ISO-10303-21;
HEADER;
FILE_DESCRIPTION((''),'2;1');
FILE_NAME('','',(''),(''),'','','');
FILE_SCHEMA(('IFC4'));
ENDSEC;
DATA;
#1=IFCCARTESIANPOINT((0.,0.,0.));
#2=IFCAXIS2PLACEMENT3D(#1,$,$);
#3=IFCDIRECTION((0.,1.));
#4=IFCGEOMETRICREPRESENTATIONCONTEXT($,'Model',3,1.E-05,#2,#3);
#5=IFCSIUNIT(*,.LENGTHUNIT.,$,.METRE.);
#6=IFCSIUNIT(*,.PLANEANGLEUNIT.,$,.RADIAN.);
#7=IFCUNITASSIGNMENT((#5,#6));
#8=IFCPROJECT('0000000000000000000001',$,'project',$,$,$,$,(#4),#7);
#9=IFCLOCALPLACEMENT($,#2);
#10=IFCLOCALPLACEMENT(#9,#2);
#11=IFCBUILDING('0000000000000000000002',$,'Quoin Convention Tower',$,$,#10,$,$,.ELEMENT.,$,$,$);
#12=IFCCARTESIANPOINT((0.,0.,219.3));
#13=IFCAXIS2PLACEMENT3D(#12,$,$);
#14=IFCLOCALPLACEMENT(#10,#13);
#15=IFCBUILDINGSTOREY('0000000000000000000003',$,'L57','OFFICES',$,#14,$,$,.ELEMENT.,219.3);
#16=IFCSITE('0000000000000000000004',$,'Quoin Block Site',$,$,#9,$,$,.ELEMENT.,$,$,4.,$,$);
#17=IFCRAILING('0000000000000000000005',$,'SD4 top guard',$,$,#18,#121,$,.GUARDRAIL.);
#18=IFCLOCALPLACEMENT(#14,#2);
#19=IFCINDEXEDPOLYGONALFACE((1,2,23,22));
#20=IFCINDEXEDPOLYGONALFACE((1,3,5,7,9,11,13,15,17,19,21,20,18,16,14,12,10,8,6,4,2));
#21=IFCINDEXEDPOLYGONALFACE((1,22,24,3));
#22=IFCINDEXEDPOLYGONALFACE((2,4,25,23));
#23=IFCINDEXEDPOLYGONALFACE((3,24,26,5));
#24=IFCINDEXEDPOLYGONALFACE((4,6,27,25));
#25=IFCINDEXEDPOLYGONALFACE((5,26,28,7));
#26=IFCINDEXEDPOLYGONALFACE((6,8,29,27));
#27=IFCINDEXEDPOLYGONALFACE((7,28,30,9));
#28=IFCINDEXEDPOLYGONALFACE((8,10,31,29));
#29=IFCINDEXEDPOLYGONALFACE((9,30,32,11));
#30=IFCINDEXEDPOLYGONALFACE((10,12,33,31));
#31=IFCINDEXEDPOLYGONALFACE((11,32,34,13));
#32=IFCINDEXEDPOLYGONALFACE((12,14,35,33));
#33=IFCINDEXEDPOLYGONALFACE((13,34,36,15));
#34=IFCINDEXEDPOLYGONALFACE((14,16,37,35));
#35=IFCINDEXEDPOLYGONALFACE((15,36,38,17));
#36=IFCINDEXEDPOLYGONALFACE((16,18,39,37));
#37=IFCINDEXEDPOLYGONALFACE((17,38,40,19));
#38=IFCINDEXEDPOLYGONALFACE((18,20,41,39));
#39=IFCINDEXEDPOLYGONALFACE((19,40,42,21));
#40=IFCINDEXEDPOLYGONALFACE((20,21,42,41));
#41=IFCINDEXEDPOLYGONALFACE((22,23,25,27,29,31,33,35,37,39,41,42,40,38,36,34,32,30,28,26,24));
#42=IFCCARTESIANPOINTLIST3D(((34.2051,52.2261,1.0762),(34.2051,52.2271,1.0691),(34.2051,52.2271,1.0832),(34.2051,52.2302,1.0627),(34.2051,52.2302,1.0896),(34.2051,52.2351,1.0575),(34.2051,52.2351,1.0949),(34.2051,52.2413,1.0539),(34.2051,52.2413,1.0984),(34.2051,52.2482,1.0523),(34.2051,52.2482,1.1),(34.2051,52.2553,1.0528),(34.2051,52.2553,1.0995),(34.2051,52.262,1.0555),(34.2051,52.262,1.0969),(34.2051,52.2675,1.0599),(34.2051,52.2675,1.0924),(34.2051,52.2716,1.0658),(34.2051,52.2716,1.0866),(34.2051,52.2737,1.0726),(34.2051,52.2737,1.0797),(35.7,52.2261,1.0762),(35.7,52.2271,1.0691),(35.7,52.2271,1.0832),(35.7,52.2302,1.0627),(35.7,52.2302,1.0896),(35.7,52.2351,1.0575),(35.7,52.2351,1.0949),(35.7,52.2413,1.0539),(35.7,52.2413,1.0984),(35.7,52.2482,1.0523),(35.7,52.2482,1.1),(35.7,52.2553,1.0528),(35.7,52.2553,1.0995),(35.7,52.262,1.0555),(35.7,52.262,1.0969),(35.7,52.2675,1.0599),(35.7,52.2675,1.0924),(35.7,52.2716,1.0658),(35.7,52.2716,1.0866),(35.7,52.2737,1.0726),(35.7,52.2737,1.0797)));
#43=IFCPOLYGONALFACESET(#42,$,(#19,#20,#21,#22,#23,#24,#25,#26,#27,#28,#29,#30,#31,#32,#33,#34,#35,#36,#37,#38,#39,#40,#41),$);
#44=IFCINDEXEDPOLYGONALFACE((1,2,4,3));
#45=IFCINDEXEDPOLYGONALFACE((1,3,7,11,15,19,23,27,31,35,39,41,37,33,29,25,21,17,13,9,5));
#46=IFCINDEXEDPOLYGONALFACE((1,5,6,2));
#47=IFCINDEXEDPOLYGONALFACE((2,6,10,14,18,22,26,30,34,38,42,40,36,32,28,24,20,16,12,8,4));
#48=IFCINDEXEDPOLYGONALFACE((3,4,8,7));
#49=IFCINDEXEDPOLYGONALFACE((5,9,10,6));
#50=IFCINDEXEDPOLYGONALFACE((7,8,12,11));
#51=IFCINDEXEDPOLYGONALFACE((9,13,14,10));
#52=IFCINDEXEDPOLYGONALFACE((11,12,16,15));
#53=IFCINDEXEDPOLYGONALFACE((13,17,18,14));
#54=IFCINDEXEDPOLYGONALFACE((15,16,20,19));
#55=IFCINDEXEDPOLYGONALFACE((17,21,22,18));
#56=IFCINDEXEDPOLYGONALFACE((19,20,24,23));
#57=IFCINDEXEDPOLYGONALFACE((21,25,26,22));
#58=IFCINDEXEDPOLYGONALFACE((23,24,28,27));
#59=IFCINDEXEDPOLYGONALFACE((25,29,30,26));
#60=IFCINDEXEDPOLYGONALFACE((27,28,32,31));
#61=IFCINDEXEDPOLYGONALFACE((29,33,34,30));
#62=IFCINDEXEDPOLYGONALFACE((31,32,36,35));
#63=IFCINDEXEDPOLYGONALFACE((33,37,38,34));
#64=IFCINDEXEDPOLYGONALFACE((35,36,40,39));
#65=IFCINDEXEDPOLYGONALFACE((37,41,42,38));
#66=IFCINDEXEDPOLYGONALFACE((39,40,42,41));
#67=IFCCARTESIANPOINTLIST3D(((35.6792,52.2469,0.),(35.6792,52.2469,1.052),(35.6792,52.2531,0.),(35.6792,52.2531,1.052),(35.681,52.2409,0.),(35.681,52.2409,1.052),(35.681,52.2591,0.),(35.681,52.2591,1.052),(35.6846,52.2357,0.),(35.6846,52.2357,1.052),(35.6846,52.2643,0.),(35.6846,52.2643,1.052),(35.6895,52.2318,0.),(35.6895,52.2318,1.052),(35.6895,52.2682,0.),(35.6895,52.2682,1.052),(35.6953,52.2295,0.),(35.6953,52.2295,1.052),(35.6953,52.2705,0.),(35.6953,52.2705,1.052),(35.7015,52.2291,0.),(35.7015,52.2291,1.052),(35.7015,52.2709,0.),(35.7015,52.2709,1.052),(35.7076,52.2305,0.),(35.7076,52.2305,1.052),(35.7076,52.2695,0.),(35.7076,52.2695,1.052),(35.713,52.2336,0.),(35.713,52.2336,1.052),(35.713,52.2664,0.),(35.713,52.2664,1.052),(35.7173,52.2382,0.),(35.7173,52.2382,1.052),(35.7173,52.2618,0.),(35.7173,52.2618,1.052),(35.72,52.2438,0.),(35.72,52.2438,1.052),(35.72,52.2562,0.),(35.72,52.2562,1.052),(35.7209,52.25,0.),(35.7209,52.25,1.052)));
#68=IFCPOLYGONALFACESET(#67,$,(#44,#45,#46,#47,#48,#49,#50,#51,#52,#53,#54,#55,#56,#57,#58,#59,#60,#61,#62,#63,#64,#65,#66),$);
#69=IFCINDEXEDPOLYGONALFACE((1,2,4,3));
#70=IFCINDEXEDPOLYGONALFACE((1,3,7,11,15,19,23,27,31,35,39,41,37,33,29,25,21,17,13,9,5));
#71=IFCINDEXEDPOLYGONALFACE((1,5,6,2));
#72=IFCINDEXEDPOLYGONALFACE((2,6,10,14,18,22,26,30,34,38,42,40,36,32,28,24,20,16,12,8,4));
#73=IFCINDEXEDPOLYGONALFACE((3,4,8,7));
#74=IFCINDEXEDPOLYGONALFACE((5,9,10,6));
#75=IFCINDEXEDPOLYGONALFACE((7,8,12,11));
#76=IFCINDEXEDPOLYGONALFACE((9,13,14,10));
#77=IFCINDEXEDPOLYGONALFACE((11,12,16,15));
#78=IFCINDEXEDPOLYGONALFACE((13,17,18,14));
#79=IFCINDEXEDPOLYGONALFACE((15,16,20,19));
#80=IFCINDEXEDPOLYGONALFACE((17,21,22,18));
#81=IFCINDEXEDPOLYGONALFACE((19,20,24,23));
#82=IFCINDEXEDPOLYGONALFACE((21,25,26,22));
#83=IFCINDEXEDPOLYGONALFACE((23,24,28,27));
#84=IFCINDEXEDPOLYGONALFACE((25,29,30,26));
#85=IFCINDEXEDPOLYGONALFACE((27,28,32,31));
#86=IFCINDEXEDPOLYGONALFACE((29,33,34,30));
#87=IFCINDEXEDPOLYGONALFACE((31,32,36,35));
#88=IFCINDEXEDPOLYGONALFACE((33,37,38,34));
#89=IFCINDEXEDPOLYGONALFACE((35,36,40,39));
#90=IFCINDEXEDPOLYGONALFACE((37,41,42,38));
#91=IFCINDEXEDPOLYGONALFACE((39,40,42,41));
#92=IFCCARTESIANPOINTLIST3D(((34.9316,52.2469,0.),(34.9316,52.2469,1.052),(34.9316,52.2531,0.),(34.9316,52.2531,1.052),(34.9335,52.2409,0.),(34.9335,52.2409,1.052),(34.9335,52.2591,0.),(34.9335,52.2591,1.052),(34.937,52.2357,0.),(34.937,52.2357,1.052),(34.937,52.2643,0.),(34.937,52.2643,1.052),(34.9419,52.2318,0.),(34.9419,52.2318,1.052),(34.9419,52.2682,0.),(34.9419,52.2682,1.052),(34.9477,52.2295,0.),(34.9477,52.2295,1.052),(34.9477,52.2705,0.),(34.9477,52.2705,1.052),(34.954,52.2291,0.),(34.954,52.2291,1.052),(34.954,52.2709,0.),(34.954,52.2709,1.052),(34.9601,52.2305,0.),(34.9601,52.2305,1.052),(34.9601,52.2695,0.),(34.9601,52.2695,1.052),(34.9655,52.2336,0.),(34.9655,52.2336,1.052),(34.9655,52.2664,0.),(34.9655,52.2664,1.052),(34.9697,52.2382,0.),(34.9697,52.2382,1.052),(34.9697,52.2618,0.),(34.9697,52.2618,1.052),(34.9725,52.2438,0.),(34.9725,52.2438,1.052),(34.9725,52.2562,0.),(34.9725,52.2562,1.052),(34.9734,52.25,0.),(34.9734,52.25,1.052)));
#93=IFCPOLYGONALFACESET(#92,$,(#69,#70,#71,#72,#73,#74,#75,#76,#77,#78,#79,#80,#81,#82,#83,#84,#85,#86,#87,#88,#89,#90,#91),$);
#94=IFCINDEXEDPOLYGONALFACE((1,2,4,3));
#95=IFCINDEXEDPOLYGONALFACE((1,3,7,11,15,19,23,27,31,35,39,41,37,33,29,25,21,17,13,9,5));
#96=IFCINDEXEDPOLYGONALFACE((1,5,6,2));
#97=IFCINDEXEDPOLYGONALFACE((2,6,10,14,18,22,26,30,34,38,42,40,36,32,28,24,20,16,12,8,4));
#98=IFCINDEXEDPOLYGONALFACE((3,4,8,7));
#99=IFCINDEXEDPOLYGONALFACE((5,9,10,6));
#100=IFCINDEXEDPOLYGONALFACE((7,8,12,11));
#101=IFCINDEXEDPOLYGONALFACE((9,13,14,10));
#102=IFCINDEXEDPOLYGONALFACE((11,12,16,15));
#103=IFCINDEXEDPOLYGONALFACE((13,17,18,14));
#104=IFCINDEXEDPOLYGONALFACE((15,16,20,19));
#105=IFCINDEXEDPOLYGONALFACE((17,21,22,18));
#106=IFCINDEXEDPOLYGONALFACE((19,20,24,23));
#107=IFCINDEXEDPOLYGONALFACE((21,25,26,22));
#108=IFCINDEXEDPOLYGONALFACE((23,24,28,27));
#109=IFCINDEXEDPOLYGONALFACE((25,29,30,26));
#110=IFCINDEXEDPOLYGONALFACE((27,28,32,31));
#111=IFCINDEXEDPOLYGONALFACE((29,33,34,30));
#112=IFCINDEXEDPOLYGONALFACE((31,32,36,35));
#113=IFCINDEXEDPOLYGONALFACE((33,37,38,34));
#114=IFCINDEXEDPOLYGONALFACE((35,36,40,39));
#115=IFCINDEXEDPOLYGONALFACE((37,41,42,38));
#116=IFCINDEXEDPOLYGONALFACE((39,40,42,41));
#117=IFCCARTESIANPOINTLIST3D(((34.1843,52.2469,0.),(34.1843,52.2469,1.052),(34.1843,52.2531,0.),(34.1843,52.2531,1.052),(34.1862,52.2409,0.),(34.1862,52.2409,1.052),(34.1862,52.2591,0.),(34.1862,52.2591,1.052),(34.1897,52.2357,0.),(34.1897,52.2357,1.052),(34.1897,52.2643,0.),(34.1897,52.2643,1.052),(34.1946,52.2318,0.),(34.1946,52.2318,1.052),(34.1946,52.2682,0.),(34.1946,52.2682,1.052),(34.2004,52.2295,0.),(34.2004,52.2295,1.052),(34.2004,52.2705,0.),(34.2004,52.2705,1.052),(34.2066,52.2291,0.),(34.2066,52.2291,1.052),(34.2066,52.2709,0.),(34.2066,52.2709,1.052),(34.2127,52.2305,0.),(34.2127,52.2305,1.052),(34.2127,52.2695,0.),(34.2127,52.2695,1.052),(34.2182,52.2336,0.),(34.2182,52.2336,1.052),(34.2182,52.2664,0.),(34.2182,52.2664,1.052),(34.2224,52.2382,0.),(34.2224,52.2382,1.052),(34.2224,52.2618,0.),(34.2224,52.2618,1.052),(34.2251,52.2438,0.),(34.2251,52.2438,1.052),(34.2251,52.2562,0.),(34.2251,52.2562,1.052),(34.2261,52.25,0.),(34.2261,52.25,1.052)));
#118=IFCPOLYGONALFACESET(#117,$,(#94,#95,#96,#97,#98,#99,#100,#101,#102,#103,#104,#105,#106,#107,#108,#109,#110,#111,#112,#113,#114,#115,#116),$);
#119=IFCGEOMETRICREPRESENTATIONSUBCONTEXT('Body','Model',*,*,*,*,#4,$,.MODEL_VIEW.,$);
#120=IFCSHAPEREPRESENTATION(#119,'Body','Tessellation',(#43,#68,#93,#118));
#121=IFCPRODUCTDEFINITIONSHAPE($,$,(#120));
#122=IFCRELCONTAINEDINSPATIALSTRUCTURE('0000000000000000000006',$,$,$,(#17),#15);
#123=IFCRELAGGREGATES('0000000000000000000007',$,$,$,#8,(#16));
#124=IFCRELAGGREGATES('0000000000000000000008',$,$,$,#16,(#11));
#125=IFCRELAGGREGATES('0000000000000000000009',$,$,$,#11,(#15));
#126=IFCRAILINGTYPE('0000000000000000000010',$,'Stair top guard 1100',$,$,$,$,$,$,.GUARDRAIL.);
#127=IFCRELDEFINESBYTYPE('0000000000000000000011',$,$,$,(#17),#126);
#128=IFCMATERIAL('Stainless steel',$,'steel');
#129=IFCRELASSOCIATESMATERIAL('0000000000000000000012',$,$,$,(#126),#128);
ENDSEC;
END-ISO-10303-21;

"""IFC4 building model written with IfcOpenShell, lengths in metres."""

from ifc_helpers import new_model, si_unit, direction, frame, origin, origin_2d, place, context, subcontext, project, spatial, circle, extrude, material, type_object, element, save


model = new_model("IFC4")

# Units and contexts
model_context = context("Model", 3, precision=1e-05, world=origin(), true_north=direction((0.0, 1.0)))
body_context = subcontext(model_context, "Body", "Model", "MODEL_VIEW")
ifc_project = project(units=[si_unit("LENGTHUNIT", "METRE"), si_unit("PLANEANGLEUNIT", "RADIAN")], contexts=[model_context])

# Site, building, storey
site_placement = place(None, origin())
site = spatial("IfcSite", under=ifc_project, at=site_placement, Name="Quoin Block Site", CompositionType="ELEMENT", RefElevation=4.0)
building_placement = place(site_placement, origin())
building = spatial("IfcBuilding", under=site, at=building_placement, Name="Quoin Convention Tower", CompositionType="ELEMENT")
storey_placement = place(building_placement, frame((0.0, 0.0, 219.3)))
storey = spatial("IfcBuildingStorey", under=building, at=storey_placement, Name="L57", Description="OFFICES", CompositionType="ELEMENT", Elevation=219.3)

# Railing
ifc_material_1 = material(Name="Stainless steel", Category="steel")
railing_type_1 = type_object("IfcRailingType", Name="Stair top guard 1100", PredefinedType="GUARDRAIL", material=ifc_material_1)
railing_1_placement = place(storey_placement, frame((35.7, 52.25, 0.0)))
element("IfcRailing", 1, at=railing_1_placement, inside=storey, type_object=railing_type_1, Name="SD4 top guard", PredefinedType="GUARDRAIL", context=body_context, shape_type="SweptSolid", body=[
    extrude(circle(Radius=0.0239, at=origin_2d()), frame((0.0, 0.0, 1.0762), z_axis=(-1.0, 0.0, 0.0), x_axis=(0.0, -1.0, 0.0)), (0.0, 0.0, 1.0), 1.4949),
    extrude(circle(Radius=0.021, at=origin_2d()), origin(), (0.0, 0.0, 1.0), 1.052),
    extrude(circle(Radius=0.021, at=origin_2d()), frame((-0.7476, 0.0, 0.0)), (0.0, 0.0, 1.0), 1.052),
    extrude(circle(Radius=0.021, at=origin_2d()), frame((-1.4949, 0.0, 0.0)), (0.0, 0.0, 1.0), 1.052),
])

save(model, "model.ifc")
